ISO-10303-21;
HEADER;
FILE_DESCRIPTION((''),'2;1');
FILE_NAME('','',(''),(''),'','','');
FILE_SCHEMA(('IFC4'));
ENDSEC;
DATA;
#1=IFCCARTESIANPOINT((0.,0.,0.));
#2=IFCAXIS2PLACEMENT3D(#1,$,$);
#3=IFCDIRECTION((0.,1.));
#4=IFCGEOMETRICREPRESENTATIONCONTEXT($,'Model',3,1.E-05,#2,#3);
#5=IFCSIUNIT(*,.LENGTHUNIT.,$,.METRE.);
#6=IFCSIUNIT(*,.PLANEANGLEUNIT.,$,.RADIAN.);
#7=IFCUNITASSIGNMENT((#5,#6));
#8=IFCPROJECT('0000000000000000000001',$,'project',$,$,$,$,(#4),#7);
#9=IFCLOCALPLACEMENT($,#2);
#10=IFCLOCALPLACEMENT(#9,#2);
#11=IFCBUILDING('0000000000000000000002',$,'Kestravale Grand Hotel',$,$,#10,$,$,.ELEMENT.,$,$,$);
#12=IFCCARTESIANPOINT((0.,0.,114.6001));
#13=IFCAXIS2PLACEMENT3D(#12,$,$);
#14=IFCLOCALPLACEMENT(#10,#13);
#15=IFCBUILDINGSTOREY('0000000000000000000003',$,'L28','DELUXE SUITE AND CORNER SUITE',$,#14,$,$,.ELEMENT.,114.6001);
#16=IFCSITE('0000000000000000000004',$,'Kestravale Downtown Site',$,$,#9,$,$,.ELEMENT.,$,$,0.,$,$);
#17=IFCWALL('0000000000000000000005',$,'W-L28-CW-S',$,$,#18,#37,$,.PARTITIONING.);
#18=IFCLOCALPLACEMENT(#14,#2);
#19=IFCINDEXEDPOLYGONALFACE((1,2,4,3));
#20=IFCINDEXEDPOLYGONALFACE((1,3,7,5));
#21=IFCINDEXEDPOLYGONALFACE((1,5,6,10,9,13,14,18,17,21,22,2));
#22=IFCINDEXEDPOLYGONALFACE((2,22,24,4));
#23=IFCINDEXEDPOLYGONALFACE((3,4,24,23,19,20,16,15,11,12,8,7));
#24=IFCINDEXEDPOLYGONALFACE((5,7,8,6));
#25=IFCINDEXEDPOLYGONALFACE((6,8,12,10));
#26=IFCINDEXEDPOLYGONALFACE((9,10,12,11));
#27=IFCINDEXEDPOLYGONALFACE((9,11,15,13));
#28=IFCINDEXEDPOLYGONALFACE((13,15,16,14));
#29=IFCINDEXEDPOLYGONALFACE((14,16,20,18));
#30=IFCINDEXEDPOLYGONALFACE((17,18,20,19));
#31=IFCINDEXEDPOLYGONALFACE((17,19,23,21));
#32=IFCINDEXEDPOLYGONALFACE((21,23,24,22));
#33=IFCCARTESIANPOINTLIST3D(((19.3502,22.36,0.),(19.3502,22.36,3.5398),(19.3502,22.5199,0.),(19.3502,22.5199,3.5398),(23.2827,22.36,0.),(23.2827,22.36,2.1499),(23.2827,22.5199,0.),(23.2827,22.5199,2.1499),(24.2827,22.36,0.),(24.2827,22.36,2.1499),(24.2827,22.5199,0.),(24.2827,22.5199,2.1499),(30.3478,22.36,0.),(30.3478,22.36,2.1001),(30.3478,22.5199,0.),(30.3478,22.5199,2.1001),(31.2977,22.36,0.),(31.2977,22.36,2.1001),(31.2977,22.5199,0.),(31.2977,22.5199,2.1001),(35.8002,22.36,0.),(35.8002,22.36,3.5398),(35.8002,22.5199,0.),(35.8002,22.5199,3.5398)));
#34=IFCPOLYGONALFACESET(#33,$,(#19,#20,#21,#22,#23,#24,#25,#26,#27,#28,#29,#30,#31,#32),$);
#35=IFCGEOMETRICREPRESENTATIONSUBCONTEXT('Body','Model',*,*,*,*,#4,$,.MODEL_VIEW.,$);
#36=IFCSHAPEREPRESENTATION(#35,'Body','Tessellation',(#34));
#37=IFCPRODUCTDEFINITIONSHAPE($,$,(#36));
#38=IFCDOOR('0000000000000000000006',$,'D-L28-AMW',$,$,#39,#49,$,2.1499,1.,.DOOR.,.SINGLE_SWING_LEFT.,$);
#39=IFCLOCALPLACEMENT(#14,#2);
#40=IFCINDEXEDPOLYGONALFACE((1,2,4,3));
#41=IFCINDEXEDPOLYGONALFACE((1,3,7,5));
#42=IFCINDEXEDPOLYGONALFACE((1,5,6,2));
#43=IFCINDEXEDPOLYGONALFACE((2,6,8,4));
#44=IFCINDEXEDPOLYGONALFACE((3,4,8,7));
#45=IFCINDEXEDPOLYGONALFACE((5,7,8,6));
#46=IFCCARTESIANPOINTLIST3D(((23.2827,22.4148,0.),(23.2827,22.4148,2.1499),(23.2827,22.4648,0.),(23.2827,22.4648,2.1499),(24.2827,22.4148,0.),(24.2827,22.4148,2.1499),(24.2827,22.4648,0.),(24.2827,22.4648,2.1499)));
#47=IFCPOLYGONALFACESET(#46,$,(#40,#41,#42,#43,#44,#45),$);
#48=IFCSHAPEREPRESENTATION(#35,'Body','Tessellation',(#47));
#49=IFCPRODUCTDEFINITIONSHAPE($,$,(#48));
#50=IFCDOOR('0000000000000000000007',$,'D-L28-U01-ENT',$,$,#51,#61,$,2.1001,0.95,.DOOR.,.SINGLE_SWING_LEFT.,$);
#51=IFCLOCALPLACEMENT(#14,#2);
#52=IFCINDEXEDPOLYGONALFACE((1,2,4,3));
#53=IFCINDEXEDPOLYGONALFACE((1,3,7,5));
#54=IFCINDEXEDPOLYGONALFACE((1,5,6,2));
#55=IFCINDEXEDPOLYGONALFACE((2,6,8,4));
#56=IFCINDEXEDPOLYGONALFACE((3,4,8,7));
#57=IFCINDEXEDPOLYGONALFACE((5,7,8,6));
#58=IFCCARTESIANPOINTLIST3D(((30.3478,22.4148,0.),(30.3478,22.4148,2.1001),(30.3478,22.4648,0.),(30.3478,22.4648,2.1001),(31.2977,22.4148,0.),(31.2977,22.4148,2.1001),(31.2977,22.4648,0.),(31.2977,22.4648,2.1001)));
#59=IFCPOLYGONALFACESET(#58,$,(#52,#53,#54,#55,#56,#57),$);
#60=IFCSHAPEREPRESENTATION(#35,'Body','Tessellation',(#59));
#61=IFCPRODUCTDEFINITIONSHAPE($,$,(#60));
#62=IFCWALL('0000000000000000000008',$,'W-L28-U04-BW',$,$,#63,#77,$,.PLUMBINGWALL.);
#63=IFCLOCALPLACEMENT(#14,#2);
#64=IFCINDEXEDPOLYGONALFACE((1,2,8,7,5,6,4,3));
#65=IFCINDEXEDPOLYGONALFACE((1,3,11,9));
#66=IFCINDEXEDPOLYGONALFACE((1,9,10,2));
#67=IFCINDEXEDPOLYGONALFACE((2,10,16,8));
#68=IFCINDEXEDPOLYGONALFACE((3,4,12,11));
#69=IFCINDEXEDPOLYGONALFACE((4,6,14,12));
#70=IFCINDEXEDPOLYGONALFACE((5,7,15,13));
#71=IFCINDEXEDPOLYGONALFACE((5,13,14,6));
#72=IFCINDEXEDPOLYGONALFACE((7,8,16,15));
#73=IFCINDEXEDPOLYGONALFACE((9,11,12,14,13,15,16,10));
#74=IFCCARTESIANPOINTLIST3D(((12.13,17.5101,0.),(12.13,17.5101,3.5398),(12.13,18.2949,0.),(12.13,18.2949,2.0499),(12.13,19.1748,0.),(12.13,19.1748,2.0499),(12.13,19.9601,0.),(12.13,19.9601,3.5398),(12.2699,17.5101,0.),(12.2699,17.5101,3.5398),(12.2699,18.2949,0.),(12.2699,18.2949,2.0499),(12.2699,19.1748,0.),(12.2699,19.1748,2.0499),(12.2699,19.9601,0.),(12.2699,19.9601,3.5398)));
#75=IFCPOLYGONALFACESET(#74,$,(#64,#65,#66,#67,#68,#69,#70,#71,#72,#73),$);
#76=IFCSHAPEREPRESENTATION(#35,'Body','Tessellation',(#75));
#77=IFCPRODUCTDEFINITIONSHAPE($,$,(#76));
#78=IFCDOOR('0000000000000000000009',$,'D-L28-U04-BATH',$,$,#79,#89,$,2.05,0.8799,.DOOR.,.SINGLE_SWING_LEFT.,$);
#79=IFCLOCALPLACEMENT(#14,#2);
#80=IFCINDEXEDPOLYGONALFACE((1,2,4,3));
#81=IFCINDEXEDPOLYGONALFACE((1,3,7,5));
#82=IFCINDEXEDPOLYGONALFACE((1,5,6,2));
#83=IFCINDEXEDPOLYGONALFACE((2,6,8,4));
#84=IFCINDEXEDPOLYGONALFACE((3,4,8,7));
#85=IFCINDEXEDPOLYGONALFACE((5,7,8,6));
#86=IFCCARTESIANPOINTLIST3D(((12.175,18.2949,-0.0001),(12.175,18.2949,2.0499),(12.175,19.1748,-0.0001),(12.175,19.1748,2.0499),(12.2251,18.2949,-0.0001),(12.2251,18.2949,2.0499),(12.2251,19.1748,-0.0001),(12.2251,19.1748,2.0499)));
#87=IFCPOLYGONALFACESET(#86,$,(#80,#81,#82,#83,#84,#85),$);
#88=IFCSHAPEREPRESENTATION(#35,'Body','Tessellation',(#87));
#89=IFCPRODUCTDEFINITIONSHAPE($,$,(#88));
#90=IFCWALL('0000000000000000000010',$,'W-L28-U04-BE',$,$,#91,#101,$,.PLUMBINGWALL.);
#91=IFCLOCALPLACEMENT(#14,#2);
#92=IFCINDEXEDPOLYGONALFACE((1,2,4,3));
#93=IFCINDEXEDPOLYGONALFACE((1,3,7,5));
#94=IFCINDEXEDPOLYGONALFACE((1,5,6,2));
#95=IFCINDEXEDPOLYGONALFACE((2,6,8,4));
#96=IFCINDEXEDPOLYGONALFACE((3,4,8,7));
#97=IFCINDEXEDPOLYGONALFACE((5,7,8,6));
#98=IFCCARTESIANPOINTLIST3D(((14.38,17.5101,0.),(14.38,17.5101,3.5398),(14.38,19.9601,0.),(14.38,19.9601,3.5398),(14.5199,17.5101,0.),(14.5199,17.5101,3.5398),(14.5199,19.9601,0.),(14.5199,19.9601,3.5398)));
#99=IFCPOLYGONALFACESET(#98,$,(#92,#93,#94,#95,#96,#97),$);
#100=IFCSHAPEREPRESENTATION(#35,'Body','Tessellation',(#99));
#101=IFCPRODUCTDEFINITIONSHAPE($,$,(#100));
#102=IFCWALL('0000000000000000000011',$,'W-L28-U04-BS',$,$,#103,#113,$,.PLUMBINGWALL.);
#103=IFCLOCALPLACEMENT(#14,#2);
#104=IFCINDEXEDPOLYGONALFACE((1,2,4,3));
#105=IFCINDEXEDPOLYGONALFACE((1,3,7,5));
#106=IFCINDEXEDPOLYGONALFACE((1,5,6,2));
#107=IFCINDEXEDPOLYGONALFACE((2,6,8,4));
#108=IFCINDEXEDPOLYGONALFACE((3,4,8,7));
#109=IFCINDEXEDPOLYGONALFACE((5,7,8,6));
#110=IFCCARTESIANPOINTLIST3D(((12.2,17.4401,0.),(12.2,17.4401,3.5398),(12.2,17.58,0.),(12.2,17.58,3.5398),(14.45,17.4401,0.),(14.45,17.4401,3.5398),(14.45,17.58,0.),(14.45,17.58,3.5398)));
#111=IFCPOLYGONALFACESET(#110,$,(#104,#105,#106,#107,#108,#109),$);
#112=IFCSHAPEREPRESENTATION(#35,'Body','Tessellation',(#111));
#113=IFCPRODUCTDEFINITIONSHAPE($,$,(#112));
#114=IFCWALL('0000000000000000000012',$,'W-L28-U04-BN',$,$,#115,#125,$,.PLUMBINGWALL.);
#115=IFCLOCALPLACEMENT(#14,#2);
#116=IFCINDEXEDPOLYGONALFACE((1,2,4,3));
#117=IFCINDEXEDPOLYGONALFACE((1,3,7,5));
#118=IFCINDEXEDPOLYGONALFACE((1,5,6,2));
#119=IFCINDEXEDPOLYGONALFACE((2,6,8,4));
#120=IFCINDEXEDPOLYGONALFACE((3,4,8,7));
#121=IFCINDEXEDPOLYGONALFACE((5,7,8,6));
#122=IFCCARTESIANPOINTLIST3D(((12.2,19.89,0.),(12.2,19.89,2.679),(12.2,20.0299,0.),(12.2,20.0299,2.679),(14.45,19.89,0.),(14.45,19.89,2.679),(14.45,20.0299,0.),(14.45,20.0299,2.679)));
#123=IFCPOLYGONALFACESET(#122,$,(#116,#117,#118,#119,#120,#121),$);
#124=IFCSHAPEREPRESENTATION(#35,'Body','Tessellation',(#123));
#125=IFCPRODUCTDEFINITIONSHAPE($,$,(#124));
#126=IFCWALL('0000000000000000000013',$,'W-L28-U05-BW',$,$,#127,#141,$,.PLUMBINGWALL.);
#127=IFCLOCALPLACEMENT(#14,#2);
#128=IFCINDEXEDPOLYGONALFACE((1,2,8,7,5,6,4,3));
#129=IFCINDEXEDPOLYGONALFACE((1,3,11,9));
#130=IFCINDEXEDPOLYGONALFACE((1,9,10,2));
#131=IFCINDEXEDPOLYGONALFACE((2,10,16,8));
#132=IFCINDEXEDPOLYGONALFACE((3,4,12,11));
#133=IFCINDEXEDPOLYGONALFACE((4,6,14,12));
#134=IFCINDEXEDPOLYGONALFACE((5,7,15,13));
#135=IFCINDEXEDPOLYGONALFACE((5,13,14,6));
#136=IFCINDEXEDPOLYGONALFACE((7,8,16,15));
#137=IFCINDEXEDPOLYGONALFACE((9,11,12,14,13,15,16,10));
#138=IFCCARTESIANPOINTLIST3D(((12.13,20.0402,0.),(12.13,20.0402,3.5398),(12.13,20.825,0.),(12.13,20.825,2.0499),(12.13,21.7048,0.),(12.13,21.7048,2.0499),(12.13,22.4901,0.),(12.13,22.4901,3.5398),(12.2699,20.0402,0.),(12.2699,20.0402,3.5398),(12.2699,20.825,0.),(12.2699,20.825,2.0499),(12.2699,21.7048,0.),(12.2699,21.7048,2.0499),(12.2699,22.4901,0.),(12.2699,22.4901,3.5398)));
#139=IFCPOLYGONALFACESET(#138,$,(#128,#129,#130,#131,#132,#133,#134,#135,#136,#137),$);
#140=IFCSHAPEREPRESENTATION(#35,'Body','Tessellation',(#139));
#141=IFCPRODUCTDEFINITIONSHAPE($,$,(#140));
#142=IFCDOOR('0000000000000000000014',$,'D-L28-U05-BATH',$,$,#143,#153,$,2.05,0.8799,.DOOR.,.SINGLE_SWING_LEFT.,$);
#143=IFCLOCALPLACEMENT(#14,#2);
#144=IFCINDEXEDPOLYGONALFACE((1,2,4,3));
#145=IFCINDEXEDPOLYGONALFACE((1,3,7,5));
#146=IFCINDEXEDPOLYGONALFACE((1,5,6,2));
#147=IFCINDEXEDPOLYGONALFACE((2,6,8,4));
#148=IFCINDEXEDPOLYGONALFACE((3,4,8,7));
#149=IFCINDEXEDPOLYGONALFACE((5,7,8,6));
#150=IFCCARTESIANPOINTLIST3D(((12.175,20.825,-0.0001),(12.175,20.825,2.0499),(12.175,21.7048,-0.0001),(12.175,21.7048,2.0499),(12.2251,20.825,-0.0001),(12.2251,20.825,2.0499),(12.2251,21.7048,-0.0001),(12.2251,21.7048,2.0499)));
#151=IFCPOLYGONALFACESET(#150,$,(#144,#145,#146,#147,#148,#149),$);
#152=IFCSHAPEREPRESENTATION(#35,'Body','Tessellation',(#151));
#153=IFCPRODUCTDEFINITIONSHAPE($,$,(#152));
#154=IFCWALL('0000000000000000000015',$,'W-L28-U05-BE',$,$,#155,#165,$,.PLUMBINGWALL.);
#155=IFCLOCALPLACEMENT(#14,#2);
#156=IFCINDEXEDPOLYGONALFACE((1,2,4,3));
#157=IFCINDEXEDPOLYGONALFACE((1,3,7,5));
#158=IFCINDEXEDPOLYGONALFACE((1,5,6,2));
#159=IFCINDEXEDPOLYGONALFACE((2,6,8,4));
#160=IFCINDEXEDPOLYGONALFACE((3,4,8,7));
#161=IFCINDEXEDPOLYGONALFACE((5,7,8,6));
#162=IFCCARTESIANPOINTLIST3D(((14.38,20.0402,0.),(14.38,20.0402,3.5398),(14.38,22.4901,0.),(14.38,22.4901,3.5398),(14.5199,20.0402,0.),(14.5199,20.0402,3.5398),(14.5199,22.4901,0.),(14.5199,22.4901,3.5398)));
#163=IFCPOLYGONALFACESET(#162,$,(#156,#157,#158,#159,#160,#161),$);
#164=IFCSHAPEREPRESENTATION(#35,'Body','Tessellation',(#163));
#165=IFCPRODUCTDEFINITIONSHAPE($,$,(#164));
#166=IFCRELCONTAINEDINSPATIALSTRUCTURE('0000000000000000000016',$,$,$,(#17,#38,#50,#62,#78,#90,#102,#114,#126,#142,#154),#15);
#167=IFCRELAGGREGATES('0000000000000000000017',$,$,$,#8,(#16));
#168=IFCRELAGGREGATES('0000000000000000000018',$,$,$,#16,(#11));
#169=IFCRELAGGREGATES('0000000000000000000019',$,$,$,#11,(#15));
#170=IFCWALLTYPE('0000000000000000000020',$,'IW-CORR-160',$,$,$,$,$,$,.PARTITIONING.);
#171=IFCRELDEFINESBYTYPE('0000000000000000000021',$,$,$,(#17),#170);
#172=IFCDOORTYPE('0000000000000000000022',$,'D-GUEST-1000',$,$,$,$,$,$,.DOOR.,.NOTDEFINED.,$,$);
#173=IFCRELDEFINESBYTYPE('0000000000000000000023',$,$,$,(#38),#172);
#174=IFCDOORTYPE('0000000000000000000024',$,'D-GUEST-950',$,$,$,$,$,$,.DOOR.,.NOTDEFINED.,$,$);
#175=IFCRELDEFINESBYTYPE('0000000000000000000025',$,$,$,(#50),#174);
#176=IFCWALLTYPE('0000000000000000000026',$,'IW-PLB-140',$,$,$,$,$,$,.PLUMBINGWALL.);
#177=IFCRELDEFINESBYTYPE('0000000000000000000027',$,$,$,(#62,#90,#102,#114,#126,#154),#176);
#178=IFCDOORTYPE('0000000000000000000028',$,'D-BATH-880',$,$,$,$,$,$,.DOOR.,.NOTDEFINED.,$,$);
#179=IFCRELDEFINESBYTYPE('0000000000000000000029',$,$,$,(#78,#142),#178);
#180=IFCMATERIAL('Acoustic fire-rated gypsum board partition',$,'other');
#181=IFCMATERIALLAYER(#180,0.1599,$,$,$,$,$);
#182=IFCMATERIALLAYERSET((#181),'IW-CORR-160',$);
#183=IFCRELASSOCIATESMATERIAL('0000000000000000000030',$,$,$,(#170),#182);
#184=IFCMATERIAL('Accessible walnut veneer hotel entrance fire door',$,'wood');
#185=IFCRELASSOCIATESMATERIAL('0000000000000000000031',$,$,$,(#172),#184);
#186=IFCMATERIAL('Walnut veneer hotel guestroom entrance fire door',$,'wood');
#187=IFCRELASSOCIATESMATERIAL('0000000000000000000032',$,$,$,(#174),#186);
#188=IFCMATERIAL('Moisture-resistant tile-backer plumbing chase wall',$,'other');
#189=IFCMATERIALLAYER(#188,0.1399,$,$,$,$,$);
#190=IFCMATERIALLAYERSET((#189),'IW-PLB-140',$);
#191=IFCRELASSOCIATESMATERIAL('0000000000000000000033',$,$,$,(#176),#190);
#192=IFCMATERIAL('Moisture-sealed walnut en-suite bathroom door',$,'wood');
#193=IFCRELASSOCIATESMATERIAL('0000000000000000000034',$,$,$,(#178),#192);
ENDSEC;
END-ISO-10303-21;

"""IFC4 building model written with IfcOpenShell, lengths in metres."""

from ifc_helpers import new_model, si_unit, direction, frame, frame_2d, origin, place, context, subcontext, project, spatial, rectangle, extrude, material, layer, layer_set, type_object, element, fill, save


model = new_model("IFC4")

# Units and contexts
model_context = context("Model", 3, precision=1e-05, world=origin(), true_north=direction((0.0, 1.0)))
body_context = subcontext(model_context, "Body", "Model", "MODEL_VIEW")
ifc_project = project(units=[si_unit("LENGTHUNIT", "METRE"), si_unit("PLANEANGLEUNIT", "RADIAN")], contexts=[model_context])

# Site, building, storey
site_placement = place(None, origin())
site = spatial("IfcSite", under=ifc_project, at=site_placement, Name="Kestravale Downtown Site", CompositionType="ELEMENT", RefElevation=0.0)
building_placement = place(site_placement, origin())
building = spatial("IfcBuilding", under=site, at=building_placement, Name="Kestravale Grand Hotel", CompositionType="ELEMENT")
storey_placement = place(building_placement, frame((0.0, 0.0, 114.6001)))
storey = spatial("IfcBuildingStorey", under=building, at=storey_placement, Name="L28", Description="DELUXE SUITE AND CORNER SUITE", CompositionType="ELEMENT", Elevation=114.6001)

# Shared definitions
ifc_material_1 = material(Name="Acoustic fire-rated gypsum board partition", Category="other")
ifc_layer_1 = layer(ifc_material_1, 0.1599)
ifc_layer_set_1 = layer_set([ifc_layer_1], Name="IW-CORR-160")
wall_type_1 = type_object("IfcWallType", Name="IW-CORR-160", PredefinedType="PARTITIONING", material=ifc_layer_set_1)

# Wall, openings, doors
wall_1_placement = place(storey_placement, frame((19.3501, 22.4399, 0.0), z_axis=(0.0, 0.0, 1.0), x_axis=(1.0, 0.0, 0.0)))
wall_1 = element("IfcWall", 1, at=wall_1_placement, inside=storey, type_object=wall_type_1, Name="W-L28-CW-S", PredefinedType="PARTITIONING", context=body_context, shape_type="SweptSolid", body=[
    extrude(rectangle(XDim=16.45, YDim=0.1599, at=frame_2d((8.2251, 0.0))), origin(), (0.0, 0.0, 1.0), 3.5398),
])
opening_1_placement = place(wall_1_placement, frame((3.9326, 0.0, 0.0)))
opening_1 = element("IfcOpeningElement", 2, at=opening_1_placement, cuts=wall_1, PredefinedType="OPENING", context=body_context, shape_type="SweptSolid", body=[
    extrude(rectangle(XDim=1.0, YDim=2.1499, at=frame_2d((0.5, 1.075))), frame((0.0, 0.0898, 0.0), z_axis=(0.0, -1.0, 0.0), x_axis=(1.0, 0.0, 0.0)), (0.0, 0.0, 1.0), 0.1799),
])
opening_2_placement = place(wall_1_placement, frame((10.9976, 0.0, 0.0)))
opening_2 = element("IfcOpeningElement", 3, at=opening_2_placement, cuts=wall_1, PredefinedType="OPENING", context=body_context, shape_type="SweptSolid", body=[
    extrude(rectangle(XDim=0.95, YDim=2.1001, at=frame_2d((0.4751, 1.05))), frame((0.0, 0.0898, 0.0), z_axis=(0.0, -1.0, 0.0), x_axis=(1.0, 0.0, 0.0)), (0.0, 0.0, 1.0), 0.1799),
])
ifc_material_2 = material(Name="Accessible walnut veneer hotel entrance fire door", Category="wood")
door_type_1 = type_object("IfcDoorType", Name="D-GUEST-1000", OperationType="NOTDEFINED", PredefinedType="DOOR", material=ifc_material_2)
door_1_placement = place(opening_1_placement, origin())
door_1 = element("IfcDoor", 4, at=door_1_placement, inside=storey, type_object=door_type_1, Name="D-L28-AMW", OperationType="SINGLE_SWING_LEFT", OverallHeight=2.1499, OverallWidth=1.0, PredefinedType="DOOR", context=body_context, shape_type="SweptSolid", body=[
    extrude(rectangle(XDim=1.0, YDim=2.1499, at=frame_2d((0.5, 1.075))), frame((0.0, 0.0249, 0.0), z_axis=(0.0, -1.0, 0.0), x_axis=(1.0, 0.0, 0.0)), (0.0, 0.0, 1.0), 0.05),
])
fill(opening_1, door_1)
ifc_material_3 = material(Name="Walnut veneer hotel guestroom entrance fire door", Category="wood")
door_type_2 = type_object("IfcDoorType", Name="D-GUEST-950", OperationType="NOTDEFINED", PredefinedType="DOOR", material=ifc_material_3)
door_2_placement = place(opening_2_placement, origin())
door_2 = element("IfcDoor", 5, at=door_2_placement, inside=storey, type_object=door_type_2, Name="D-L28-U01-ENT", OperationType="SINGLE_SWING_LEFT", OverallHeight=2.1001, OverallWidth=0.95, PredefinedType="DOOR", context=body_context, shape_type="SweptSolid", body=[
    extrude(rectangle(XDim=0.95, YDim=2.1001, at=frame_2d((0.4751, 1.05))), frame((0.0, 0.0249, 0.0), z_axis=(0.0, -1.0, 0.0), x_axis=(1.0, 0.0, 0.0)), (0.0, 0.0, 1.0), 0.05),
])
fill(opening_2, door_2)

# Wall, opening, door
ifc_material_4 = material(Name="Moisture-resistant tile-backer plumbing chase wall", Category="other")
ifc_layer_2 = layer(ifc_material_4, 0.1399)
ifc_layer_set_2 = layer_set([ifc_layer_2], Name="IW-PLB-140")
wall_type_2 = type_object("IfcWallType", Name="IW-PLB-140", PredefinedType="PLUMBINGWALL", material=ifc_layer_set_2)
wall_2_placement = place(storey_placement, frame((12.2, 17.51, 0.0), z_axis=(0.0, 0.0, 1.0), x_axis=(0.0, 1.0, 0.0)))
wall_2 = element("IfcWall", 6, at=wall_2_placement, inside=storey, type_object=wall_type_2, Name="W-L28-U04-BW", PredefinedType="PLUMBINGWALL", context=body_context, shape_type="SweptSolid", body=[
    extrude(rectangle(XDim=2.45, YDim=0.1399, at=frame_2d((1.2251, 0.0))), origin(), (0.0, 0.0, 1.0), 3.5398),
])
opening_3_placement = place(wall_2_placement, frame((0.7849, 0.0, 0.0)))
opening_3 = element("IfcOpeningElement", 7, at=opening_3_placement, cuts=wall_2, PredefinedType="OPENING", context=body_context, shape_type="SweptSolid", body=[
    extrude(rectangle(XDim=0.8799, YDim=2.05, at=frame_2d((0.4399, 1.0249))), frame((0.0, 0.0798, 0.0), z_axis=(0.0, -1.0, 0.0), x_axis=(1.0, 0.0, 0.0)), (0.0, 0.0, 1.0), 0.1599),
])
ifc_material_5 = material(Name="Moisture-sealed walnut en-suite bathroom door", Category="wood")
door_type_3 = type_object("IfcDoorType", Name="D-BATH-880", OperationType="NOTDEFINED", PredefinedType="DOOR", material=ifc_material_5)
door_3_placement = place(opening_3_placement, origin())
door_3 = element("IfcDoor", 8, at=door_3_placement, inside=storey, type_object=door_type_3, Name="D-L28-U04-BATH", OperationType="SINGLE_SWING_LEFT", OverallHeight=2.05, OverallWidth=0.8799, PredefinedType="DOOR", context=body_context, shape_type="SweptSolid", body=[
    extrude(rectangle(XDim=0.8799, YDim=2.05, at=frame_2d((0.4399, 1.0249))), frame((0.0, 0.0249, 0.0), z_axis=(0.0, -1.0, 0.0), x_axis=(1.0, 0.0, 0.0)), (0.0, 0.0, 1.0), 0.05),
])
fill(opening_3, door_3)

# Walls
wall_3_placement = place(storey_placement, frame((14.45, 17.51, 0.0), z_axis=(0.0, 0.0, 1.0), x_axis=(0.0, 1.0, 0.0)))
element("IfcWall", 9, at=wall_3_placement, inside=storey, type_object=wall_type_2, Name="W-L28-U04-BE", PredefinedType="PLUMBINGWALL", context=body_context, shape_type="SweptSolid", body=[
    extrude(rectangle(XDim=2.45, YDim=0.1399, at=frame_2d((1.2251, 0.0))), origin(), (0.0, 0.0, 1.0), 3.5398),
])
wall_4_placement = place(storey_placement, frame((12.2, 17.51, 0.0), z_axis=(0.0, 0.0, 1.0), x_axis=(1.0, 0.0, 0.0)))
element("IfcWall", 10, at=wall_4_placement, inside=storey, type_object=wall_type_2, Name="W-L28-U04-BS", PredefinedType="PLUMBINGWALL", context=body_context, shape_type="SweptSolid", body=[
    extrude(rectangle(XDim=2.25, YDim=0.1399, at=frame_2d((1.125, 0.0))), origin(), (0.0, 0.0, 1.0), 3.5398),
])
wall_5_placement = place(storey_placement, frame((12.2, 19.96, 0.0), z_axis=(0.0, 0.0, 1.0), x_axis=(1.0, 0.0, 0.0)))
element("IfcWall", 11, at=wall_5_placement, inside=storey, type_object=wall_type_2, Name="W-L28-U04-BN", PredefinedType="PLUMBINGWALL", context=body_context, shape_type="SweptSolid", body=[
    extrude(rectangle(XDim=2.25, YDim=0.1399, at=frame_2d((1.125, 0.0))), origin(), (0.0, 0.0, 1.0), 2.679),
])

# Wall, opening, door
wall_6_placement = place(storey_placement, frame((12.2, 20.04, 0.0), z_axis=(0.0, 0.0, 1.0), x_axis=(0.0, 1.0, 0.0)))
wall_6 = element("IfcWall", 12, at=wall_6_placement, inside=storey, type_object=wall_type_2, Name="W-L28-U05-BW", PredefinedType="PLUMBINGWALL", context=body_context, shape_type="SweptSolid", body=[
    extrude(rectangle(XDim=2.45, YDim=0.1399, at=frame_2d((1.2251, 0.0))), origin(), (0.0, 0.0, 1.0), 3.5398),
])
opening_4_placement = place(wall_6_placement, frame((0.7849, 0.0, 0.0)))
opening_4 = element("IfcOpeningElement", 13, at=opening_4_placement, cuts=wall_6, PredefinedType="OPENING", context=body_context, shape_type="SweptSolid", body=[
    extrude(rectangle(XDim=0.8799, YDim=2.05, at=frame_2d((0.4399, 1.0249))), frame((0.0, 0.0798, 0.0), z_axis=(0.0, -1.0, 0.0), x_axis=(1.0, 0.0, 0.0)), (0.0, 0.0, 1.0), 0.1599),
])
door_4_placement = place(opening_4_placement, origin())
door_4 = element("IfcDoor", 14, at=door_4_placement, inside=storey, type_object=door_type_3, Name="D-L28-U05-BATH", OperationType="SINGLE_SWING_LEFT", OverallHeight=2.05, OverallWidth=0.8799, PredefinedType="DOOR", context=body_context, shape_type="SweptSolid", body=[
    extrude(rectangle(XDim=0.8799, YDim=2.05, at=frame_2d((0.4399, 1.0249))), frame((0.0, 0.0249, 0.0), z_axis=(0.0, -1.0, 0.0), x_axis=(1.0, 0.0, 0.0)), (0.0, 0.0, 1.0), 0.05),
])
fill(opening_4, door_4)

# Wall
wall_7_placement = place(storey_placement, frame((14.45, 20.04, 0.0), z_axis=(0.0, 0.0, 1.0), x_axis=(0.0, 1.0, 0.0)))
element("IfcWall", 15, at=wall_7_placement, inside=storey, type_object=wall_type_2, Name="W-L28-U05-BE", PredefinedType="PLUMBINGWALL", context=body_context, shape_type="SweptSolid", body=[
    extrude(rectangle(XDim=2.45, YDim=0.1399, at=frame_2d((1.2251, 0.0))), origin(), (0.0, 0.0, 1.0), 3.5398),
])

save(model, "model.ifc")
